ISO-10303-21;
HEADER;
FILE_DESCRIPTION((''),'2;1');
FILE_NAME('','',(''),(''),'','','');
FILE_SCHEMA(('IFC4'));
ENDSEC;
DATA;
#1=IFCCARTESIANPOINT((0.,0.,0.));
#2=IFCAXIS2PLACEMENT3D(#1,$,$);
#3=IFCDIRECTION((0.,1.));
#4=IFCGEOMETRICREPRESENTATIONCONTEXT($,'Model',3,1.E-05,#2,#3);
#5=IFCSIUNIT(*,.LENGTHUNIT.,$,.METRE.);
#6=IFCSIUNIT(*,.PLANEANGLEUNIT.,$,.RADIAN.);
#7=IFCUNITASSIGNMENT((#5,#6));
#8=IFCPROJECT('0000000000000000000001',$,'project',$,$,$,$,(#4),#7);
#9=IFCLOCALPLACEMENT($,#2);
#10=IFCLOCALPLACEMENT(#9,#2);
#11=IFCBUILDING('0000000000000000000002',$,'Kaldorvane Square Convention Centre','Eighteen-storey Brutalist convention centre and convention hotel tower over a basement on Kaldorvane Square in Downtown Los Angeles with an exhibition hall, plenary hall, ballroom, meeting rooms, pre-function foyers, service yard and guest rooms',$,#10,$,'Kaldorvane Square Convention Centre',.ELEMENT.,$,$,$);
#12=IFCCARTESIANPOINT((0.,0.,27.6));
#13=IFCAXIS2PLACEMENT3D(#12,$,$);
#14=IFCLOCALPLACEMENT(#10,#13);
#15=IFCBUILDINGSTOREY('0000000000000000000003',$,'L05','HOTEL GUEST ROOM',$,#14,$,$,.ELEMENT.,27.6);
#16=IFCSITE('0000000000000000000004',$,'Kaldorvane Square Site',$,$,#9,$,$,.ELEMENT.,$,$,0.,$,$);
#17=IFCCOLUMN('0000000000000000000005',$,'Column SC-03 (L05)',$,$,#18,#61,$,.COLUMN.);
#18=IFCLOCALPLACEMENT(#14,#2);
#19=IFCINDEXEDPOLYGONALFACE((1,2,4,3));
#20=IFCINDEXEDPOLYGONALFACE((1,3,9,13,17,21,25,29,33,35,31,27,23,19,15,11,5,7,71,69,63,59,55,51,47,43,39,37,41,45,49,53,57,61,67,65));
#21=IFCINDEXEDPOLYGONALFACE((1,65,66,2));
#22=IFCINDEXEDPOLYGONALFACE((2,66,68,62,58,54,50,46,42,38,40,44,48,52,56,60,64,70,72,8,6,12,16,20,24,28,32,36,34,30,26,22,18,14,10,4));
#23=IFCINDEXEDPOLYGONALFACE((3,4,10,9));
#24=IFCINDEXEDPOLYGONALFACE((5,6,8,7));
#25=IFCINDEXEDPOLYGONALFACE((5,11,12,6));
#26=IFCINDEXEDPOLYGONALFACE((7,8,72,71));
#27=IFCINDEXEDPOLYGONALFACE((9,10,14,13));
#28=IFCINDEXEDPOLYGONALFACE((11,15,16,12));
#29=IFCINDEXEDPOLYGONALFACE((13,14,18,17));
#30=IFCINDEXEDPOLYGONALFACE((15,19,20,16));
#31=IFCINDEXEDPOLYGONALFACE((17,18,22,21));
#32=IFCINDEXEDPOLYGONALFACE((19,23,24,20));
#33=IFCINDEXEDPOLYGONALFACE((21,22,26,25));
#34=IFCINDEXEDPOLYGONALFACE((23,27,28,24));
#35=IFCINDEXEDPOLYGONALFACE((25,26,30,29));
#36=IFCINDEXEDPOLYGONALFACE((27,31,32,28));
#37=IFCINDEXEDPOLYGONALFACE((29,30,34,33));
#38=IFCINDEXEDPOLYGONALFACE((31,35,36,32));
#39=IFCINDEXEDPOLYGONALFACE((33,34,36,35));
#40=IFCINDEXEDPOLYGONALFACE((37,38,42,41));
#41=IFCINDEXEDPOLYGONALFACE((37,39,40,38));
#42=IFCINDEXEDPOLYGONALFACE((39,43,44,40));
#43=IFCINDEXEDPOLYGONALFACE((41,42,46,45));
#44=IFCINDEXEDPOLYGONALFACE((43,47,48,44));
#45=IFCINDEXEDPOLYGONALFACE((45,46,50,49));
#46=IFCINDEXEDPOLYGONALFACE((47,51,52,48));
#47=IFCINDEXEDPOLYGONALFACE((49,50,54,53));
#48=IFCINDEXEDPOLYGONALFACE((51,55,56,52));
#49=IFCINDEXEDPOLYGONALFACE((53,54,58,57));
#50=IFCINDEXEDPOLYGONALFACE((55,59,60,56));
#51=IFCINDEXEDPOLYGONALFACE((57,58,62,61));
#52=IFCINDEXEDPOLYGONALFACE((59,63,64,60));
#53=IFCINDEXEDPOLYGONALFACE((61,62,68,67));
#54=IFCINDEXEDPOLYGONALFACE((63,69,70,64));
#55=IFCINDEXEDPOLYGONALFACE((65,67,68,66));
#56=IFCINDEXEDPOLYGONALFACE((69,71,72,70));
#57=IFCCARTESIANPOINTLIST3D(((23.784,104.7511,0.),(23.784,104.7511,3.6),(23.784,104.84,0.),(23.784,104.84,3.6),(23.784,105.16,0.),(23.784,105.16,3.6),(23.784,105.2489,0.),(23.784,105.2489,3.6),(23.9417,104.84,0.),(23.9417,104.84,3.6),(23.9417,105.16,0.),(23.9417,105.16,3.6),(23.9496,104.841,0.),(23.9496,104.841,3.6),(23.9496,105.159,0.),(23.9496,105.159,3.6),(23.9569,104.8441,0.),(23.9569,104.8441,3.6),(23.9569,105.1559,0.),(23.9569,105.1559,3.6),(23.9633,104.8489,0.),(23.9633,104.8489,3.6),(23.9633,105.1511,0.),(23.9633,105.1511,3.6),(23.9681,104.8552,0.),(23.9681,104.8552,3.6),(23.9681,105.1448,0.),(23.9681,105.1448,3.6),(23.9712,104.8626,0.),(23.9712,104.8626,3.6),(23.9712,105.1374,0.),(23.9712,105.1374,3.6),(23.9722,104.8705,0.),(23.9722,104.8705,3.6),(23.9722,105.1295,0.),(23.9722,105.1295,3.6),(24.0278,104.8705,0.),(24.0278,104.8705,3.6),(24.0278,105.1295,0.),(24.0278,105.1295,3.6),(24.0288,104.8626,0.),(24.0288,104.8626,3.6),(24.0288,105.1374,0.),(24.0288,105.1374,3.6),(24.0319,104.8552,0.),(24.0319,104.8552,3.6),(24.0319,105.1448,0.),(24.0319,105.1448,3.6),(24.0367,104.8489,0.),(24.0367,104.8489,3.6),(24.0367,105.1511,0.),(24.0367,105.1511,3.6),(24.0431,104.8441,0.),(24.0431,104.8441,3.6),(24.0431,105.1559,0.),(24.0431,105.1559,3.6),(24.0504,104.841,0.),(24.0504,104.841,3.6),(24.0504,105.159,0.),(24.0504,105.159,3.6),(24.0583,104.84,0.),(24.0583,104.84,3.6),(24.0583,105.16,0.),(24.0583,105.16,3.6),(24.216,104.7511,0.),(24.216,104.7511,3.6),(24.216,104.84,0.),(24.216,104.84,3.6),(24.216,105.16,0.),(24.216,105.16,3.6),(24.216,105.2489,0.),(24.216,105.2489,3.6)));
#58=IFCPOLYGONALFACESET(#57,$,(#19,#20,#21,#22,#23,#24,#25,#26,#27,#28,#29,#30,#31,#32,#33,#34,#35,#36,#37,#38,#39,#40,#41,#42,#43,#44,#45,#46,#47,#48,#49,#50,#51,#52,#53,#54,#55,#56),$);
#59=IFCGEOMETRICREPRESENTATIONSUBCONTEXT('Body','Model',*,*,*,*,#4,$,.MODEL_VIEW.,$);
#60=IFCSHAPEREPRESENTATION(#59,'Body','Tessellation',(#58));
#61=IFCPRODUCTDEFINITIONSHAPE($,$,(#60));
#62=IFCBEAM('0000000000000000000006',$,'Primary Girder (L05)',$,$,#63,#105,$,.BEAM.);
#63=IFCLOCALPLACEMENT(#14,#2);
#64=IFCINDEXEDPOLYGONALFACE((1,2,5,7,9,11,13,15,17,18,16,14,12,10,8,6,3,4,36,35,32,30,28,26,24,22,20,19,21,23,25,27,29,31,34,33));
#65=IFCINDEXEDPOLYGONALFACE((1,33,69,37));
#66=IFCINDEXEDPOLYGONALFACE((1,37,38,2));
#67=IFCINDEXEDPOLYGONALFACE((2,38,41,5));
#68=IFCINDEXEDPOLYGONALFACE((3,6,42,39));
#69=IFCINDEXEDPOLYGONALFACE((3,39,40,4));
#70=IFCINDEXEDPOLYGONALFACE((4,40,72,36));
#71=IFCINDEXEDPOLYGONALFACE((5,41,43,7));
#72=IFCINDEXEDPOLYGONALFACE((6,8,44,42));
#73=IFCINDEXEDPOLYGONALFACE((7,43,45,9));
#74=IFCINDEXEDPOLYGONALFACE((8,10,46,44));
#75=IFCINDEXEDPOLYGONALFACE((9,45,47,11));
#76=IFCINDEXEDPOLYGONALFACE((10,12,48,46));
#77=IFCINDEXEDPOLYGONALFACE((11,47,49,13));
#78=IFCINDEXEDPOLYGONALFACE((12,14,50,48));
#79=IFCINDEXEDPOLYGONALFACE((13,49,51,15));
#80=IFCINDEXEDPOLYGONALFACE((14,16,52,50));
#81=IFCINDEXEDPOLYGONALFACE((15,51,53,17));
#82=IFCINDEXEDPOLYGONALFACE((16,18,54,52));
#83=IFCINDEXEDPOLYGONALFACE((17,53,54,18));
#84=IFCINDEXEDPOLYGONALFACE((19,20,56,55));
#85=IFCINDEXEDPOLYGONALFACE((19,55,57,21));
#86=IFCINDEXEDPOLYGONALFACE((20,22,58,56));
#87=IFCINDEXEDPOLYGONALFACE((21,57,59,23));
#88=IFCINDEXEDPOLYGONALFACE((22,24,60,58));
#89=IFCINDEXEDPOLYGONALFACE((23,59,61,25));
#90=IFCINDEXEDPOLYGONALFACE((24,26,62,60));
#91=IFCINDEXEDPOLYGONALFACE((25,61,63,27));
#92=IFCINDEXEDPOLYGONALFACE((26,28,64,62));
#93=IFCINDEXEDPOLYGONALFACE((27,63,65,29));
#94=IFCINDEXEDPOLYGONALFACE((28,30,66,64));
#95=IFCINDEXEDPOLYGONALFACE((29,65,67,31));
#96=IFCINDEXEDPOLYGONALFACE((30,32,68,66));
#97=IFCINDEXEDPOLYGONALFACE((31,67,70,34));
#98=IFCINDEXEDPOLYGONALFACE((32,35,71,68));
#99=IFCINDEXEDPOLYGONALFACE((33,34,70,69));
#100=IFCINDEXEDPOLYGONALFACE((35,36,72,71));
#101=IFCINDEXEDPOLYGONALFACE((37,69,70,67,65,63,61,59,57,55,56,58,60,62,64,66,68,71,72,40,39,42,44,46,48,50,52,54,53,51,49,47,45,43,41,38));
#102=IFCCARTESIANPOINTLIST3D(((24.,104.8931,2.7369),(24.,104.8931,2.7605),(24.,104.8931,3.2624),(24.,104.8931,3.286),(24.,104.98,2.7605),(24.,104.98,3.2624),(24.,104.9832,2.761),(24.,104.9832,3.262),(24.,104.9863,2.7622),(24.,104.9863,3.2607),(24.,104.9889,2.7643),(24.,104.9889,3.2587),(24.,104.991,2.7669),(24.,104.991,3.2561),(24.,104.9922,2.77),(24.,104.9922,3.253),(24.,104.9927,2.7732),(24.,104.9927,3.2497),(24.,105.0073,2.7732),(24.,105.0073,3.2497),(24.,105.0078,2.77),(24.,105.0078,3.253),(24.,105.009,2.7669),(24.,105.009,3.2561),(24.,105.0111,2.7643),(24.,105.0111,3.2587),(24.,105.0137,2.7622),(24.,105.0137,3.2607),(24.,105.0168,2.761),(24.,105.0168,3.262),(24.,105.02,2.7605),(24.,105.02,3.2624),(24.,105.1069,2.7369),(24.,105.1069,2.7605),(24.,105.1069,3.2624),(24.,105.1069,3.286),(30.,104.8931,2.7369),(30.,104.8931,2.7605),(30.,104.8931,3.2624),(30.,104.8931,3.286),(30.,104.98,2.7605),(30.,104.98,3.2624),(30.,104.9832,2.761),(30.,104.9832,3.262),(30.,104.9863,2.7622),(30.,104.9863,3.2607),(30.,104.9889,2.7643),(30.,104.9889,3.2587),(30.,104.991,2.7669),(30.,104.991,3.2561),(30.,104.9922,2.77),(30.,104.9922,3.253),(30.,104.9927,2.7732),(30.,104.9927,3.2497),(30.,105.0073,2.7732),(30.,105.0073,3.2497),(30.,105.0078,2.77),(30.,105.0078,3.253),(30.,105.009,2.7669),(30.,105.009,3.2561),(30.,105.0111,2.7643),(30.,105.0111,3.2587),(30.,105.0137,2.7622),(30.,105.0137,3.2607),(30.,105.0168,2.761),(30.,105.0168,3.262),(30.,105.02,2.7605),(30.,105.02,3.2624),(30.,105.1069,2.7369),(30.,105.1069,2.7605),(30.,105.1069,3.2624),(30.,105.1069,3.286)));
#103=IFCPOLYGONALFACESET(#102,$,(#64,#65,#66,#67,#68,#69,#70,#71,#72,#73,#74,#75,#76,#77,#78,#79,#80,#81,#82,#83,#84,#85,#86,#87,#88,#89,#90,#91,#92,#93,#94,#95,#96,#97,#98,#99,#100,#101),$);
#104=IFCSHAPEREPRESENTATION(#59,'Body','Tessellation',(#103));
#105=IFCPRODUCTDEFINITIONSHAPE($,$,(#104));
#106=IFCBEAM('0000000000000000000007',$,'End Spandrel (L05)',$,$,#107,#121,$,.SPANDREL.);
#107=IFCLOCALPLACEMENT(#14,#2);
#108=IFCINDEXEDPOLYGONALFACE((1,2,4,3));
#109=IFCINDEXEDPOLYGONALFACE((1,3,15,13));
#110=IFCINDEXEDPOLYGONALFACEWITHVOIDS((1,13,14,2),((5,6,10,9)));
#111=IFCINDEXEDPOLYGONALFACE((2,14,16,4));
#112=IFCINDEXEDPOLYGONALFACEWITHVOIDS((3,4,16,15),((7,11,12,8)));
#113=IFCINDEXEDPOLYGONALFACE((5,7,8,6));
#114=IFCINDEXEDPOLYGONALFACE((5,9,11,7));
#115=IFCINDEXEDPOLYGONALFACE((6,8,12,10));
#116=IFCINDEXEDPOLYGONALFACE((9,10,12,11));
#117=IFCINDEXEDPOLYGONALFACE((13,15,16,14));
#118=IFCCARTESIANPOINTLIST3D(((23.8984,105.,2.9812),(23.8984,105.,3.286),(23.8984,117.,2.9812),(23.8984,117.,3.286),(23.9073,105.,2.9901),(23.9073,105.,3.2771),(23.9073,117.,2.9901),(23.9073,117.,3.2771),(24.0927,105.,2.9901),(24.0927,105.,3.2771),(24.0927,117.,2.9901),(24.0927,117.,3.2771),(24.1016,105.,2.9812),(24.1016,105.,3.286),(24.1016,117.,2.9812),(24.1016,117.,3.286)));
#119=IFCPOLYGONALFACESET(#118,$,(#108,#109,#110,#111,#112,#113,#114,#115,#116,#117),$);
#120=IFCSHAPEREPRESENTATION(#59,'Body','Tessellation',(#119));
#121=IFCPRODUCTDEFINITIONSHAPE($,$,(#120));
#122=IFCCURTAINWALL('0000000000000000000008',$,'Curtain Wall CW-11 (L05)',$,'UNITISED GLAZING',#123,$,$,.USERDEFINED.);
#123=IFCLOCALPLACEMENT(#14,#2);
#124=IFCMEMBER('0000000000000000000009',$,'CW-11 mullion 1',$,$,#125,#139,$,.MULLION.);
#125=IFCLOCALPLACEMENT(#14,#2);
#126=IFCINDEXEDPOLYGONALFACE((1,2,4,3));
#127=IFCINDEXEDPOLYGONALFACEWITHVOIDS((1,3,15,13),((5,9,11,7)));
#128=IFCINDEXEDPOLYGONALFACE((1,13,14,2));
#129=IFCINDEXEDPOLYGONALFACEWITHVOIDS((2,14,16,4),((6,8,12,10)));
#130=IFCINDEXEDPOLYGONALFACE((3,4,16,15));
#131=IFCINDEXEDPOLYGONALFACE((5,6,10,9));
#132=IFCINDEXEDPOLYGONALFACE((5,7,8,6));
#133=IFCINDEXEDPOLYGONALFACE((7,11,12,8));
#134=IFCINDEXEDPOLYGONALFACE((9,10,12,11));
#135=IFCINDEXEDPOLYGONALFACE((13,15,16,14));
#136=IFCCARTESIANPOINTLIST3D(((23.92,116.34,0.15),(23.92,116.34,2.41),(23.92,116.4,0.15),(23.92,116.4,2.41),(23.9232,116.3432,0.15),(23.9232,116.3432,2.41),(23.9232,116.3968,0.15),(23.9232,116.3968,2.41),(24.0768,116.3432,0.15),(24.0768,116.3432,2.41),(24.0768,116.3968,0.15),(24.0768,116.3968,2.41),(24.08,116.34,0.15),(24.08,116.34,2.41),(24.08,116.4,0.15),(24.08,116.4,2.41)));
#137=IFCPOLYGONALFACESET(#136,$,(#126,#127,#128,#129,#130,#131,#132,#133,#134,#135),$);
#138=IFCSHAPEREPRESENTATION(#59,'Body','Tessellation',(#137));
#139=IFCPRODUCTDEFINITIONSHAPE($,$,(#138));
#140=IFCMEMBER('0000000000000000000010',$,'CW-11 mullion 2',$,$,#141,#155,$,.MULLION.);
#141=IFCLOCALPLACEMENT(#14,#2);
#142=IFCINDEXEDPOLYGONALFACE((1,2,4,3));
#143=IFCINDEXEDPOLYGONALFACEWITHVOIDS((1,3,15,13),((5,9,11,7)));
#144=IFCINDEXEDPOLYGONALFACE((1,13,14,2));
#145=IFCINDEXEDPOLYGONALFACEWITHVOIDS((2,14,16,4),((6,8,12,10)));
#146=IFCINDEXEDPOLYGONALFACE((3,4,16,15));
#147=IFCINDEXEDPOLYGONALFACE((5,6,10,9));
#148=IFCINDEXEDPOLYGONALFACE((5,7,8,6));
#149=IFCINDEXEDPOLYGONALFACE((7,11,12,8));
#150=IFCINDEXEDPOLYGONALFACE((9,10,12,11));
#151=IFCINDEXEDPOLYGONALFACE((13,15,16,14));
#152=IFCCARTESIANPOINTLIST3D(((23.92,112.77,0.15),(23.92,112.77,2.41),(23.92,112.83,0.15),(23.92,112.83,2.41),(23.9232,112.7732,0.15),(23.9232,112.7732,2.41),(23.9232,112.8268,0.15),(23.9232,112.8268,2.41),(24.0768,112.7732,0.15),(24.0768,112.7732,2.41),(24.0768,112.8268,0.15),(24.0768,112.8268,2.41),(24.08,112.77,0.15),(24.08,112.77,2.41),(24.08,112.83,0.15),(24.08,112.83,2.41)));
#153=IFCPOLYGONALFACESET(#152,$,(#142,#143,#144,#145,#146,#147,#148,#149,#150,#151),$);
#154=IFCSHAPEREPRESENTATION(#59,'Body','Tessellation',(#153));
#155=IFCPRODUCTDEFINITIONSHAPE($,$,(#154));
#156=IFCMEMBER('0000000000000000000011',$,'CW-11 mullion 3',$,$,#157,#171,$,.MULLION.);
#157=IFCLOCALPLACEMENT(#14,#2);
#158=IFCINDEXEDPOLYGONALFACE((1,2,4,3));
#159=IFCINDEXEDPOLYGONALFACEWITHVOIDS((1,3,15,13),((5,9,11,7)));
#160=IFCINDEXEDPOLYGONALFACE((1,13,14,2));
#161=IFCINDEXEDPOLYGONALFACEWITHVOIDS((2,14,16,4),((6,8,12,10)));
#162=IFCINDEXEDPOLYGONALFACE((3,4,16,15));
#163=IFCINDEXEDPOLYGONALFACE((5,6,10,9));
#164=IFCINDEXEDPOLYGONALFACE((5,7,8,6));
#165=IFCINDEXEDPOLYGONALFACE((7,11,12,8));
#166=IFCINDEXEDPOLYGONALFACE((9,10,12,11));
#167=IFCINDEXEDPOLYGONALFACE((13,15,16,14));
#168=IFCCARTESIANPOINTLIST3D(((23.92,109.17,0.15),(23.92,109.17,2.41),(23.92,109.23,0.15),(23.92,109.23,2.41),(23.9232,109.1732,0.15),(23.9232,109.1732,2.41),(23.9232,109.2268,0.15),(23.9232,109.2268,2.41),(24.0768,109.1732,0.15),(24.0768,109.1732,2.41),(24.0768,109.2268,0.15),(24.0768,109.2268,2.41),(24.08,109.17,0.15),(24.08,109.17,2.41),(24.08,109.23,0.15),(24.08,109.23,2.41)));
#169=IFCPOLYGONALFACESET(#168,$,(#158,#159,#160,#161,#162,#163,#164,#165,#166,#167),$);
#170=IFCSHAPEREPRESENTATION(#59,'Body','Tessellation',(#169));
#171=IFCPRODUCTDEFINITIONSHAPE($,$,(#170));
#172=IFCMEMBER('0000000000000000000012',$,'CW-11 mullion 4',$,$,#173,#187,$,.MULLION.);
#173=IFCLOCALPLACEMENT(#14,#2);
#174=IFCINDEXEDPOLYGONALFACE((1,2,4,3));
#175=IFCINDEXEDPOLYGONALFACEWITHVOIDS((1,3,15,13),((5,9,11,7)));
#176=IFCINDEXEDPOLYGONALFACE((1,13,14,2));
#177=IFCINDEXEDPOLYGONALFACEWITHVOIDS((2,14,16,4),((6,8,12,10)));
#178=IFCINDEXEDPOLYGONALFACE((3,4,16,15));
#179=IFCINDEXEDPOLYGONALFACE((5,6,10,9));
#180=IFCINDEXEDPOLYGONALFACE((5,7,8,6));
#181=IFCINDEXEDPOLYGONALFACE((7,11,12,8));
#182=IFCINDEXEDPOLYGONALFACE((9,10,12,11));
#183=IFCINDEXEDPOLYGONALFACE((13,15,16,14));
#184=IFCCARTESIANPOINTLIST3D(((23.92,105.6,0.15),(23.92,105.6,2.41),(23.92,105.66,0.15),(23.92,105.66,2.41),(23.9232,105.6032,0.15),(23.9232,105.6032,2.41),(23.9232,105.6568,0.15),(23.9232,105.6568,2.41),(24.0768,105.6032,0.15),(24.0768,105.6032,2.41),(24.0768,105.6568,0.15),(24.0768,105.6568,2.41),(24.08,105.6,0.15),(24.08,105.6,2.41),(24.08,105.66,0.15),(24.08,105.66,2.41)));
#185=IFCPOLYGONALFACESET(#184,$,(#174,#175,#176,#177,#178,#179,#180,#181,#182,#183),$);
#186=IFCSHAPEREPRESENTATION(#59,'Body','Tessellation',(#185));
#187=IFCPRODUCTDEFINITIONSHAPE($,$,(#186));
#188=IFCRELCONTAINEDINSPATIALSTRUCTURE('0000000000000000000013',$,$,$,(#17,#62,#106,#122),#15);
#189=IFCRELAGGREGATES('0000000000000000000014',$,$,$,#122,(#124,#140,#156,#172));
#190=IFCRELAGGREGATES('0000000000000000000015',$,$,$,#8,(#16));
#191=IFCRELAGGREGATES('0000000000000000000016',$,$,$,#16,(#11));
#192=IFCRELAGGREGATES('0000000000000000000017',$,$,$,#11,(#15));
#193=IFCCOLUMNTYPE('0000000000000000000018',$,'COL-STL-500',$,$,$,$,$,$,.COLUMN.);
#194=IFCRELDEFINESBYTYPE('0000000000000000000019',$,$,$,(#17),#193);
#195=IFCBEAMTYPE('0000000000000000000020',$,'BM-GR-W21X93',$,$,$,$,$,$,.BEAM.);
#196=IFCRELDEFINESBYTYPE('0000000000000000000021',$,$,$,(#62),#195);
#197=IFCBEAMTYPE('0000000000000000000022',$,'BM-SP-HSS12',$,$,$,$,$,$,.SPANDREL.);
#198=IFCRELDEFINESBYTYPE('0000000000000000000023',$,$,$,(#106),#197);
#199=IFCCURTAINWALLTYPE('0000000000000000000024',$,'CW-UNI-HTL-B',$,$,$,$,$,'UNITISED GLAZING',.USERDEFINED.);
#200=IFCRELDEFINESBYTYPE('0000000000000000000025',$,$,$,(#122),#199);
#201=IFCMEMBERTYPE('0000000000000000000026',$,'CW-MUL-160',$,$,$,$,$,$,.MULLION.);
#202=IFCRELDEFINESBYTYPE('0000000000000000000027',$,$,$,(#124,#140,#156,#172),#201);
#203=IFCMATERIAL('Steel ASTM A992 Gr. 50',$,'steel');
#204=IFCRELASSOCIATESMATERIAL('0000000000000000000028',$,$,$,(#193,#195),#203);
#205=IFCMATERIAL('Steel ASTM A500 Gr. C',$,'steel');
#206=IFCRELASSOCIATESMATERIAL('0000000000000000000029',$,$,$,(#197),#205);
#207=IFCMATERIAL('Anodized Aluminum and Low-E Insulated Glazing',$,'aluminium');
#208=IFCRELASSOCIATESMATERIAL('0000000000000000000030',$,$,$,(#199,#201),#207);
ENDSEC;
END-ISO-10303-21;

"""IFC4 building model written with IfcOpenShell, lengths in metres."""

from ifc_helpers import new_model, si_unit, direction, frame, origin, origin_2d, place, context, subcontext, project, spatial, hollow_rectangle, i_section, extrude, material, material_profile, profile_set, type_object, element, aggregate, save


model = new_model("IFC4")

# Units and contexts
model_context = context("Model", 3, precision=1e-05, world=origin(), true_north=direction((0.0, 1.0)))
body_context = subcontext(model_context, "Body", "Model", "MODEL_VIEW")
ifc_project = project(units=[si_unit("LENGTHUNIT", "METRE"), si_unit("PLANEANGLEUNIT", "RADIAN")], contexts=[model_context])

# Site, building, storey
site_placement = place(None, origin())
site = spatial("IfcSite", under=ifc_project, at=site_placement, Name="Kaldorvane Square Site", CompositionType="ELEMENT", RefElevation=0.0)
building_placement = place(site_placement, origin())
building = spatial("IfcBuilding", under=site, at=building_placement, Name="Kaldorvane Square Convention Centre", Description="Eighteen-storey Brutalist convention centre and convention hotel tower over a basement on Kaldorvane Square in Downtown Los Angeles with an exhibition hall, plenary hall, ballroom, meeting rooms, pre-function foyers, service yard and guest rooms", LongName="Kaldorvane Square Convention Centre", CompositionType="ELEMENT")
storey_placement = place(building_placement, frame((0.0, 0.0, 27.6)))
storey = spatial("IfcBuildingStorey", under=building, at=storey_placement, Name="L05", Description="HOTEL GUEST ROOM", CompositionType="ELEMENT", Elevation=27.6)

# Column
ifc_material_1 = material(Name="Steel ASTM A992 Gr. 50", Category="steel")
ifc_material_profile_1 = material_profile(ifc_material_1, i_section(OverallWidth=0.4321, OverallDepth=0.4978, WebThickness=0.0556, FlangeThickness=0.0889, FilletRadius=0.0305, at=origin_2d()), Name="W14X500")
ifc_profile_set_1 = profile_set([ifc_material_profile_1], Name="Steel ASTM A992 Gr. 50")
column_type = type_object("IfcColumnType", Name="COL-STL-500", PredefinedType="COLUMN", material=ifc_profile_set_1)
column_placement = place(storey_placement, frame((24.0, 105.0, 0.0), z_axis=(0.0, 0.0, 1.0), x_axis=(1.0, 0.0, 0.0)))
element("IfcColumn", 1, at=column_placement, inside=storey, type_object=column_type, Name="Column SC-03 (L05)", PredefinedType="COLUMN", context=body_context, shape_type="SweptSolid", body=[
    extrude(i_section(OverallWidth=0.4321, OverallDepth=0.4978, WebThickness=0.0556, FlangeThickness=0.0889, FilletRadius=0.0305, at=origin_2d()), origin(), (0.0, 0.0, 1.0), 3.6),
])

# Beams
ifc_material_profile_2 = material_profile(ifc_material_1, i_section(OverallWidth=0.2139, OverallDepth=0.5491, WebThickness=0.0147, FlangeThickness=0.0236, FilletRadius=0.0127, at=origin_2d()), Name="W21X93")
ifc_profile_set_2 = profile_set([ifc_material_profile_2], Name="Steel ASTM A992 Gr. 50")
beam_type_1 = type_object("IfcBeamType", Name="BM-GR-W21X93", PredefinedType="BEAM", material=ifc_profile_set_2)
beam_1_placement = place(storey_placement, frame((24.0, 105.0, 3.0115), z_axis=(1.0, 0.0, 0.0), x_axis=(0.0, 1.0, 0.0)))
element("IfcBeam", 2, at=beam_1_placement, inside=storey, type_object=beam_type_1, Name="Primary Girder (L05)", PredefinedType="BEAM", context=body_context, shape_type="SweptSolid", body=[
    extrude(i_section(OverallWidth=0.2139, OverallDepth=0.5491, WebThickness=0.0147, FlangeThickness=0.0236, FilletRadius=0.0127, at=origin_2d()), origin(), (0.0, 0.0, 1.0), 6.0),
])
ifc_material_2 = material(Name="Steel ASTM A500 Gr. C", Category="steel")
ifc_material_profile_3 = material_profile(ifc_material_2, hollow_rectangle(XDim=0.2032, YDim=0.3048, WallThickness=0.0089, at=origin_2d()), Name="HSS12X8X3/8")
ifc_profile_set_3 = profile_set([ifc_material_profile_3], Name="Steel ASTM A500 Gr. C")
beam_type_2 = type_object("IfcBeamType", Name="BM-SP-HSS12", PredefinedType="SPANDREL", material=ifc_profile_set_3)
beam_2_placement = place(storey_placement, frame((24.0, 105.0, 3.1336), z_axis=(0.0, 1.0, 0.0), x_axis=(-1.0, 0.0, 0.0)))
element("IfcBeam", 3, at=beam_2_placement, inside=storey, type_object=beam_type_2, Name="End Spandrel (L05)", PredefinedType="SPANDREL", context=body_context, shape_type="SweptSolid", body=[
    extrude(hollow_rectangle(XDim=0.2032, YDim=0.3048, WallThickness=0.0089, at=origin_2d()), origin(), (0.0, 0.0, 1.0), 12.0),
])

# Curtain wall, members
ifc_material_3 = material(Name="Anodized Aluminum and Low-E Insulated Glazing", Category="aluminium")
curtain_wall_type = type_object("IfcCurtainWallType", Name="CW-UNI-HTL-B", ElementType="UNITISED GLAZING", PredefinedType="USERDEFINED", material=ifc_material_3)
curtain_wall_placement = place(storey_placement, origin())
curtain_wall = element("IfcCurtainWall", 4, at=curtain_wall_placement, inside=storey, type_object=curtain_wall_type, Name="Curtain Wall CW-11 (L05)", ObjectType="UNITISED GLAZING", PredefinedType="USERDEFINED")
ifc_material_profile_4 = material_profile(ifc_material_3, hollow_rectangle(XDim=0.06, YDim=0.16, WallThickness=0.0032, at=origin_2d()), Name="CWM-160X60")
ifc_profile_set_4 = profile_set([ifc_material_profile_4], Name="Anodized Aluminum and Low-E Insulated Glazing")
member_type_1 = type_object("IfcMemberType", Name="CW-MUL-160", PredefinedType="MULLION", material=ifc_profile_set_4)
member_1_placement = place(storey_placement, frame((24.0, 116.37, 0.15), z_axis=(0.0, 0.0, 1.0), x_axis=(0.0, -1.0, 0.0)))
member_1 = element("IfcMember", 5, at=member_1_placement, type_object=member_type_1, Name="CW-11 mullion 1", PredefinedType="MULLION", context=body_context, shape_type="SweptSolid", body=[
    extrude(hollow_rectangle(XDim=0.06, YDim=0.16, WallThickness=0.0032, at=origin_2d()), origin(), (0.0, 0.0, 1.0), 2.26),
])
member_2_placement = place(storey_placement, frame((24.0, 112.8, 0.15), z_axis=(0.0, 0.0, 1.0), x_axis=(0.0, -1.0, 0.0)))
member_2 = element("IfcMember", 6, at=member_2_placement, type_object=member_type_1, Name="CW-11 mullion 2", PredefinedType="MULLION", context=body_context, shape_type="SweptSolid", body=[
    extrude(hollow_rectangle(XDim=0.06, YDim=0.16, WallThickness=0.0032, at=origin_2d()), origin(), (0.0, 0.0, 1.0), 2.26),
])
member_3_placement = place(storey_placement, frame((24.0, 109.2, 0.15), z_axis=(0.0, 0.0, 1.0), x_axis=(0.0, -1.0, 0.0)))
member_3 = element("IfcMember", 7, at=member_3_placement, type_object=member_type_1, Name="CW-11 mullion 3", PredefinedType="MULLION", context=body_context, shape_type="SweptSolid", body=[
    extrude(hollow_rectangle(XDim=0.06, YDim=0.16, WallThickness=0.0032, at=origin_2d()), origin(), (0.0, 0.0, 1.0), 2.26),
])
member_4_placement = place(storey_placement, frame((24.0, 105.63, 0.15), z_axis=(0.0, 0.0, 1.0), x_axis=(0.0, -1.0, 0.0)))
member_4 = element("IfcMember", 8, at=member_4_placement, type_object=member_type_1, Name="CW-11 mullion 4", PredefinedType="MULLION", context=body_context, shape_type="SweptSolid", body=[
    extrude(hollow_rectangle(XDim=0.06, YDim=0.16, WallThickness=0.0032, at=origin_2d()), origin(), (0.0, 0.0, 1.0), 2.26),
])
aggregate(curtain_wall, [member_1, member_2, member_3, member_4])

save(model, "model.ifc")
